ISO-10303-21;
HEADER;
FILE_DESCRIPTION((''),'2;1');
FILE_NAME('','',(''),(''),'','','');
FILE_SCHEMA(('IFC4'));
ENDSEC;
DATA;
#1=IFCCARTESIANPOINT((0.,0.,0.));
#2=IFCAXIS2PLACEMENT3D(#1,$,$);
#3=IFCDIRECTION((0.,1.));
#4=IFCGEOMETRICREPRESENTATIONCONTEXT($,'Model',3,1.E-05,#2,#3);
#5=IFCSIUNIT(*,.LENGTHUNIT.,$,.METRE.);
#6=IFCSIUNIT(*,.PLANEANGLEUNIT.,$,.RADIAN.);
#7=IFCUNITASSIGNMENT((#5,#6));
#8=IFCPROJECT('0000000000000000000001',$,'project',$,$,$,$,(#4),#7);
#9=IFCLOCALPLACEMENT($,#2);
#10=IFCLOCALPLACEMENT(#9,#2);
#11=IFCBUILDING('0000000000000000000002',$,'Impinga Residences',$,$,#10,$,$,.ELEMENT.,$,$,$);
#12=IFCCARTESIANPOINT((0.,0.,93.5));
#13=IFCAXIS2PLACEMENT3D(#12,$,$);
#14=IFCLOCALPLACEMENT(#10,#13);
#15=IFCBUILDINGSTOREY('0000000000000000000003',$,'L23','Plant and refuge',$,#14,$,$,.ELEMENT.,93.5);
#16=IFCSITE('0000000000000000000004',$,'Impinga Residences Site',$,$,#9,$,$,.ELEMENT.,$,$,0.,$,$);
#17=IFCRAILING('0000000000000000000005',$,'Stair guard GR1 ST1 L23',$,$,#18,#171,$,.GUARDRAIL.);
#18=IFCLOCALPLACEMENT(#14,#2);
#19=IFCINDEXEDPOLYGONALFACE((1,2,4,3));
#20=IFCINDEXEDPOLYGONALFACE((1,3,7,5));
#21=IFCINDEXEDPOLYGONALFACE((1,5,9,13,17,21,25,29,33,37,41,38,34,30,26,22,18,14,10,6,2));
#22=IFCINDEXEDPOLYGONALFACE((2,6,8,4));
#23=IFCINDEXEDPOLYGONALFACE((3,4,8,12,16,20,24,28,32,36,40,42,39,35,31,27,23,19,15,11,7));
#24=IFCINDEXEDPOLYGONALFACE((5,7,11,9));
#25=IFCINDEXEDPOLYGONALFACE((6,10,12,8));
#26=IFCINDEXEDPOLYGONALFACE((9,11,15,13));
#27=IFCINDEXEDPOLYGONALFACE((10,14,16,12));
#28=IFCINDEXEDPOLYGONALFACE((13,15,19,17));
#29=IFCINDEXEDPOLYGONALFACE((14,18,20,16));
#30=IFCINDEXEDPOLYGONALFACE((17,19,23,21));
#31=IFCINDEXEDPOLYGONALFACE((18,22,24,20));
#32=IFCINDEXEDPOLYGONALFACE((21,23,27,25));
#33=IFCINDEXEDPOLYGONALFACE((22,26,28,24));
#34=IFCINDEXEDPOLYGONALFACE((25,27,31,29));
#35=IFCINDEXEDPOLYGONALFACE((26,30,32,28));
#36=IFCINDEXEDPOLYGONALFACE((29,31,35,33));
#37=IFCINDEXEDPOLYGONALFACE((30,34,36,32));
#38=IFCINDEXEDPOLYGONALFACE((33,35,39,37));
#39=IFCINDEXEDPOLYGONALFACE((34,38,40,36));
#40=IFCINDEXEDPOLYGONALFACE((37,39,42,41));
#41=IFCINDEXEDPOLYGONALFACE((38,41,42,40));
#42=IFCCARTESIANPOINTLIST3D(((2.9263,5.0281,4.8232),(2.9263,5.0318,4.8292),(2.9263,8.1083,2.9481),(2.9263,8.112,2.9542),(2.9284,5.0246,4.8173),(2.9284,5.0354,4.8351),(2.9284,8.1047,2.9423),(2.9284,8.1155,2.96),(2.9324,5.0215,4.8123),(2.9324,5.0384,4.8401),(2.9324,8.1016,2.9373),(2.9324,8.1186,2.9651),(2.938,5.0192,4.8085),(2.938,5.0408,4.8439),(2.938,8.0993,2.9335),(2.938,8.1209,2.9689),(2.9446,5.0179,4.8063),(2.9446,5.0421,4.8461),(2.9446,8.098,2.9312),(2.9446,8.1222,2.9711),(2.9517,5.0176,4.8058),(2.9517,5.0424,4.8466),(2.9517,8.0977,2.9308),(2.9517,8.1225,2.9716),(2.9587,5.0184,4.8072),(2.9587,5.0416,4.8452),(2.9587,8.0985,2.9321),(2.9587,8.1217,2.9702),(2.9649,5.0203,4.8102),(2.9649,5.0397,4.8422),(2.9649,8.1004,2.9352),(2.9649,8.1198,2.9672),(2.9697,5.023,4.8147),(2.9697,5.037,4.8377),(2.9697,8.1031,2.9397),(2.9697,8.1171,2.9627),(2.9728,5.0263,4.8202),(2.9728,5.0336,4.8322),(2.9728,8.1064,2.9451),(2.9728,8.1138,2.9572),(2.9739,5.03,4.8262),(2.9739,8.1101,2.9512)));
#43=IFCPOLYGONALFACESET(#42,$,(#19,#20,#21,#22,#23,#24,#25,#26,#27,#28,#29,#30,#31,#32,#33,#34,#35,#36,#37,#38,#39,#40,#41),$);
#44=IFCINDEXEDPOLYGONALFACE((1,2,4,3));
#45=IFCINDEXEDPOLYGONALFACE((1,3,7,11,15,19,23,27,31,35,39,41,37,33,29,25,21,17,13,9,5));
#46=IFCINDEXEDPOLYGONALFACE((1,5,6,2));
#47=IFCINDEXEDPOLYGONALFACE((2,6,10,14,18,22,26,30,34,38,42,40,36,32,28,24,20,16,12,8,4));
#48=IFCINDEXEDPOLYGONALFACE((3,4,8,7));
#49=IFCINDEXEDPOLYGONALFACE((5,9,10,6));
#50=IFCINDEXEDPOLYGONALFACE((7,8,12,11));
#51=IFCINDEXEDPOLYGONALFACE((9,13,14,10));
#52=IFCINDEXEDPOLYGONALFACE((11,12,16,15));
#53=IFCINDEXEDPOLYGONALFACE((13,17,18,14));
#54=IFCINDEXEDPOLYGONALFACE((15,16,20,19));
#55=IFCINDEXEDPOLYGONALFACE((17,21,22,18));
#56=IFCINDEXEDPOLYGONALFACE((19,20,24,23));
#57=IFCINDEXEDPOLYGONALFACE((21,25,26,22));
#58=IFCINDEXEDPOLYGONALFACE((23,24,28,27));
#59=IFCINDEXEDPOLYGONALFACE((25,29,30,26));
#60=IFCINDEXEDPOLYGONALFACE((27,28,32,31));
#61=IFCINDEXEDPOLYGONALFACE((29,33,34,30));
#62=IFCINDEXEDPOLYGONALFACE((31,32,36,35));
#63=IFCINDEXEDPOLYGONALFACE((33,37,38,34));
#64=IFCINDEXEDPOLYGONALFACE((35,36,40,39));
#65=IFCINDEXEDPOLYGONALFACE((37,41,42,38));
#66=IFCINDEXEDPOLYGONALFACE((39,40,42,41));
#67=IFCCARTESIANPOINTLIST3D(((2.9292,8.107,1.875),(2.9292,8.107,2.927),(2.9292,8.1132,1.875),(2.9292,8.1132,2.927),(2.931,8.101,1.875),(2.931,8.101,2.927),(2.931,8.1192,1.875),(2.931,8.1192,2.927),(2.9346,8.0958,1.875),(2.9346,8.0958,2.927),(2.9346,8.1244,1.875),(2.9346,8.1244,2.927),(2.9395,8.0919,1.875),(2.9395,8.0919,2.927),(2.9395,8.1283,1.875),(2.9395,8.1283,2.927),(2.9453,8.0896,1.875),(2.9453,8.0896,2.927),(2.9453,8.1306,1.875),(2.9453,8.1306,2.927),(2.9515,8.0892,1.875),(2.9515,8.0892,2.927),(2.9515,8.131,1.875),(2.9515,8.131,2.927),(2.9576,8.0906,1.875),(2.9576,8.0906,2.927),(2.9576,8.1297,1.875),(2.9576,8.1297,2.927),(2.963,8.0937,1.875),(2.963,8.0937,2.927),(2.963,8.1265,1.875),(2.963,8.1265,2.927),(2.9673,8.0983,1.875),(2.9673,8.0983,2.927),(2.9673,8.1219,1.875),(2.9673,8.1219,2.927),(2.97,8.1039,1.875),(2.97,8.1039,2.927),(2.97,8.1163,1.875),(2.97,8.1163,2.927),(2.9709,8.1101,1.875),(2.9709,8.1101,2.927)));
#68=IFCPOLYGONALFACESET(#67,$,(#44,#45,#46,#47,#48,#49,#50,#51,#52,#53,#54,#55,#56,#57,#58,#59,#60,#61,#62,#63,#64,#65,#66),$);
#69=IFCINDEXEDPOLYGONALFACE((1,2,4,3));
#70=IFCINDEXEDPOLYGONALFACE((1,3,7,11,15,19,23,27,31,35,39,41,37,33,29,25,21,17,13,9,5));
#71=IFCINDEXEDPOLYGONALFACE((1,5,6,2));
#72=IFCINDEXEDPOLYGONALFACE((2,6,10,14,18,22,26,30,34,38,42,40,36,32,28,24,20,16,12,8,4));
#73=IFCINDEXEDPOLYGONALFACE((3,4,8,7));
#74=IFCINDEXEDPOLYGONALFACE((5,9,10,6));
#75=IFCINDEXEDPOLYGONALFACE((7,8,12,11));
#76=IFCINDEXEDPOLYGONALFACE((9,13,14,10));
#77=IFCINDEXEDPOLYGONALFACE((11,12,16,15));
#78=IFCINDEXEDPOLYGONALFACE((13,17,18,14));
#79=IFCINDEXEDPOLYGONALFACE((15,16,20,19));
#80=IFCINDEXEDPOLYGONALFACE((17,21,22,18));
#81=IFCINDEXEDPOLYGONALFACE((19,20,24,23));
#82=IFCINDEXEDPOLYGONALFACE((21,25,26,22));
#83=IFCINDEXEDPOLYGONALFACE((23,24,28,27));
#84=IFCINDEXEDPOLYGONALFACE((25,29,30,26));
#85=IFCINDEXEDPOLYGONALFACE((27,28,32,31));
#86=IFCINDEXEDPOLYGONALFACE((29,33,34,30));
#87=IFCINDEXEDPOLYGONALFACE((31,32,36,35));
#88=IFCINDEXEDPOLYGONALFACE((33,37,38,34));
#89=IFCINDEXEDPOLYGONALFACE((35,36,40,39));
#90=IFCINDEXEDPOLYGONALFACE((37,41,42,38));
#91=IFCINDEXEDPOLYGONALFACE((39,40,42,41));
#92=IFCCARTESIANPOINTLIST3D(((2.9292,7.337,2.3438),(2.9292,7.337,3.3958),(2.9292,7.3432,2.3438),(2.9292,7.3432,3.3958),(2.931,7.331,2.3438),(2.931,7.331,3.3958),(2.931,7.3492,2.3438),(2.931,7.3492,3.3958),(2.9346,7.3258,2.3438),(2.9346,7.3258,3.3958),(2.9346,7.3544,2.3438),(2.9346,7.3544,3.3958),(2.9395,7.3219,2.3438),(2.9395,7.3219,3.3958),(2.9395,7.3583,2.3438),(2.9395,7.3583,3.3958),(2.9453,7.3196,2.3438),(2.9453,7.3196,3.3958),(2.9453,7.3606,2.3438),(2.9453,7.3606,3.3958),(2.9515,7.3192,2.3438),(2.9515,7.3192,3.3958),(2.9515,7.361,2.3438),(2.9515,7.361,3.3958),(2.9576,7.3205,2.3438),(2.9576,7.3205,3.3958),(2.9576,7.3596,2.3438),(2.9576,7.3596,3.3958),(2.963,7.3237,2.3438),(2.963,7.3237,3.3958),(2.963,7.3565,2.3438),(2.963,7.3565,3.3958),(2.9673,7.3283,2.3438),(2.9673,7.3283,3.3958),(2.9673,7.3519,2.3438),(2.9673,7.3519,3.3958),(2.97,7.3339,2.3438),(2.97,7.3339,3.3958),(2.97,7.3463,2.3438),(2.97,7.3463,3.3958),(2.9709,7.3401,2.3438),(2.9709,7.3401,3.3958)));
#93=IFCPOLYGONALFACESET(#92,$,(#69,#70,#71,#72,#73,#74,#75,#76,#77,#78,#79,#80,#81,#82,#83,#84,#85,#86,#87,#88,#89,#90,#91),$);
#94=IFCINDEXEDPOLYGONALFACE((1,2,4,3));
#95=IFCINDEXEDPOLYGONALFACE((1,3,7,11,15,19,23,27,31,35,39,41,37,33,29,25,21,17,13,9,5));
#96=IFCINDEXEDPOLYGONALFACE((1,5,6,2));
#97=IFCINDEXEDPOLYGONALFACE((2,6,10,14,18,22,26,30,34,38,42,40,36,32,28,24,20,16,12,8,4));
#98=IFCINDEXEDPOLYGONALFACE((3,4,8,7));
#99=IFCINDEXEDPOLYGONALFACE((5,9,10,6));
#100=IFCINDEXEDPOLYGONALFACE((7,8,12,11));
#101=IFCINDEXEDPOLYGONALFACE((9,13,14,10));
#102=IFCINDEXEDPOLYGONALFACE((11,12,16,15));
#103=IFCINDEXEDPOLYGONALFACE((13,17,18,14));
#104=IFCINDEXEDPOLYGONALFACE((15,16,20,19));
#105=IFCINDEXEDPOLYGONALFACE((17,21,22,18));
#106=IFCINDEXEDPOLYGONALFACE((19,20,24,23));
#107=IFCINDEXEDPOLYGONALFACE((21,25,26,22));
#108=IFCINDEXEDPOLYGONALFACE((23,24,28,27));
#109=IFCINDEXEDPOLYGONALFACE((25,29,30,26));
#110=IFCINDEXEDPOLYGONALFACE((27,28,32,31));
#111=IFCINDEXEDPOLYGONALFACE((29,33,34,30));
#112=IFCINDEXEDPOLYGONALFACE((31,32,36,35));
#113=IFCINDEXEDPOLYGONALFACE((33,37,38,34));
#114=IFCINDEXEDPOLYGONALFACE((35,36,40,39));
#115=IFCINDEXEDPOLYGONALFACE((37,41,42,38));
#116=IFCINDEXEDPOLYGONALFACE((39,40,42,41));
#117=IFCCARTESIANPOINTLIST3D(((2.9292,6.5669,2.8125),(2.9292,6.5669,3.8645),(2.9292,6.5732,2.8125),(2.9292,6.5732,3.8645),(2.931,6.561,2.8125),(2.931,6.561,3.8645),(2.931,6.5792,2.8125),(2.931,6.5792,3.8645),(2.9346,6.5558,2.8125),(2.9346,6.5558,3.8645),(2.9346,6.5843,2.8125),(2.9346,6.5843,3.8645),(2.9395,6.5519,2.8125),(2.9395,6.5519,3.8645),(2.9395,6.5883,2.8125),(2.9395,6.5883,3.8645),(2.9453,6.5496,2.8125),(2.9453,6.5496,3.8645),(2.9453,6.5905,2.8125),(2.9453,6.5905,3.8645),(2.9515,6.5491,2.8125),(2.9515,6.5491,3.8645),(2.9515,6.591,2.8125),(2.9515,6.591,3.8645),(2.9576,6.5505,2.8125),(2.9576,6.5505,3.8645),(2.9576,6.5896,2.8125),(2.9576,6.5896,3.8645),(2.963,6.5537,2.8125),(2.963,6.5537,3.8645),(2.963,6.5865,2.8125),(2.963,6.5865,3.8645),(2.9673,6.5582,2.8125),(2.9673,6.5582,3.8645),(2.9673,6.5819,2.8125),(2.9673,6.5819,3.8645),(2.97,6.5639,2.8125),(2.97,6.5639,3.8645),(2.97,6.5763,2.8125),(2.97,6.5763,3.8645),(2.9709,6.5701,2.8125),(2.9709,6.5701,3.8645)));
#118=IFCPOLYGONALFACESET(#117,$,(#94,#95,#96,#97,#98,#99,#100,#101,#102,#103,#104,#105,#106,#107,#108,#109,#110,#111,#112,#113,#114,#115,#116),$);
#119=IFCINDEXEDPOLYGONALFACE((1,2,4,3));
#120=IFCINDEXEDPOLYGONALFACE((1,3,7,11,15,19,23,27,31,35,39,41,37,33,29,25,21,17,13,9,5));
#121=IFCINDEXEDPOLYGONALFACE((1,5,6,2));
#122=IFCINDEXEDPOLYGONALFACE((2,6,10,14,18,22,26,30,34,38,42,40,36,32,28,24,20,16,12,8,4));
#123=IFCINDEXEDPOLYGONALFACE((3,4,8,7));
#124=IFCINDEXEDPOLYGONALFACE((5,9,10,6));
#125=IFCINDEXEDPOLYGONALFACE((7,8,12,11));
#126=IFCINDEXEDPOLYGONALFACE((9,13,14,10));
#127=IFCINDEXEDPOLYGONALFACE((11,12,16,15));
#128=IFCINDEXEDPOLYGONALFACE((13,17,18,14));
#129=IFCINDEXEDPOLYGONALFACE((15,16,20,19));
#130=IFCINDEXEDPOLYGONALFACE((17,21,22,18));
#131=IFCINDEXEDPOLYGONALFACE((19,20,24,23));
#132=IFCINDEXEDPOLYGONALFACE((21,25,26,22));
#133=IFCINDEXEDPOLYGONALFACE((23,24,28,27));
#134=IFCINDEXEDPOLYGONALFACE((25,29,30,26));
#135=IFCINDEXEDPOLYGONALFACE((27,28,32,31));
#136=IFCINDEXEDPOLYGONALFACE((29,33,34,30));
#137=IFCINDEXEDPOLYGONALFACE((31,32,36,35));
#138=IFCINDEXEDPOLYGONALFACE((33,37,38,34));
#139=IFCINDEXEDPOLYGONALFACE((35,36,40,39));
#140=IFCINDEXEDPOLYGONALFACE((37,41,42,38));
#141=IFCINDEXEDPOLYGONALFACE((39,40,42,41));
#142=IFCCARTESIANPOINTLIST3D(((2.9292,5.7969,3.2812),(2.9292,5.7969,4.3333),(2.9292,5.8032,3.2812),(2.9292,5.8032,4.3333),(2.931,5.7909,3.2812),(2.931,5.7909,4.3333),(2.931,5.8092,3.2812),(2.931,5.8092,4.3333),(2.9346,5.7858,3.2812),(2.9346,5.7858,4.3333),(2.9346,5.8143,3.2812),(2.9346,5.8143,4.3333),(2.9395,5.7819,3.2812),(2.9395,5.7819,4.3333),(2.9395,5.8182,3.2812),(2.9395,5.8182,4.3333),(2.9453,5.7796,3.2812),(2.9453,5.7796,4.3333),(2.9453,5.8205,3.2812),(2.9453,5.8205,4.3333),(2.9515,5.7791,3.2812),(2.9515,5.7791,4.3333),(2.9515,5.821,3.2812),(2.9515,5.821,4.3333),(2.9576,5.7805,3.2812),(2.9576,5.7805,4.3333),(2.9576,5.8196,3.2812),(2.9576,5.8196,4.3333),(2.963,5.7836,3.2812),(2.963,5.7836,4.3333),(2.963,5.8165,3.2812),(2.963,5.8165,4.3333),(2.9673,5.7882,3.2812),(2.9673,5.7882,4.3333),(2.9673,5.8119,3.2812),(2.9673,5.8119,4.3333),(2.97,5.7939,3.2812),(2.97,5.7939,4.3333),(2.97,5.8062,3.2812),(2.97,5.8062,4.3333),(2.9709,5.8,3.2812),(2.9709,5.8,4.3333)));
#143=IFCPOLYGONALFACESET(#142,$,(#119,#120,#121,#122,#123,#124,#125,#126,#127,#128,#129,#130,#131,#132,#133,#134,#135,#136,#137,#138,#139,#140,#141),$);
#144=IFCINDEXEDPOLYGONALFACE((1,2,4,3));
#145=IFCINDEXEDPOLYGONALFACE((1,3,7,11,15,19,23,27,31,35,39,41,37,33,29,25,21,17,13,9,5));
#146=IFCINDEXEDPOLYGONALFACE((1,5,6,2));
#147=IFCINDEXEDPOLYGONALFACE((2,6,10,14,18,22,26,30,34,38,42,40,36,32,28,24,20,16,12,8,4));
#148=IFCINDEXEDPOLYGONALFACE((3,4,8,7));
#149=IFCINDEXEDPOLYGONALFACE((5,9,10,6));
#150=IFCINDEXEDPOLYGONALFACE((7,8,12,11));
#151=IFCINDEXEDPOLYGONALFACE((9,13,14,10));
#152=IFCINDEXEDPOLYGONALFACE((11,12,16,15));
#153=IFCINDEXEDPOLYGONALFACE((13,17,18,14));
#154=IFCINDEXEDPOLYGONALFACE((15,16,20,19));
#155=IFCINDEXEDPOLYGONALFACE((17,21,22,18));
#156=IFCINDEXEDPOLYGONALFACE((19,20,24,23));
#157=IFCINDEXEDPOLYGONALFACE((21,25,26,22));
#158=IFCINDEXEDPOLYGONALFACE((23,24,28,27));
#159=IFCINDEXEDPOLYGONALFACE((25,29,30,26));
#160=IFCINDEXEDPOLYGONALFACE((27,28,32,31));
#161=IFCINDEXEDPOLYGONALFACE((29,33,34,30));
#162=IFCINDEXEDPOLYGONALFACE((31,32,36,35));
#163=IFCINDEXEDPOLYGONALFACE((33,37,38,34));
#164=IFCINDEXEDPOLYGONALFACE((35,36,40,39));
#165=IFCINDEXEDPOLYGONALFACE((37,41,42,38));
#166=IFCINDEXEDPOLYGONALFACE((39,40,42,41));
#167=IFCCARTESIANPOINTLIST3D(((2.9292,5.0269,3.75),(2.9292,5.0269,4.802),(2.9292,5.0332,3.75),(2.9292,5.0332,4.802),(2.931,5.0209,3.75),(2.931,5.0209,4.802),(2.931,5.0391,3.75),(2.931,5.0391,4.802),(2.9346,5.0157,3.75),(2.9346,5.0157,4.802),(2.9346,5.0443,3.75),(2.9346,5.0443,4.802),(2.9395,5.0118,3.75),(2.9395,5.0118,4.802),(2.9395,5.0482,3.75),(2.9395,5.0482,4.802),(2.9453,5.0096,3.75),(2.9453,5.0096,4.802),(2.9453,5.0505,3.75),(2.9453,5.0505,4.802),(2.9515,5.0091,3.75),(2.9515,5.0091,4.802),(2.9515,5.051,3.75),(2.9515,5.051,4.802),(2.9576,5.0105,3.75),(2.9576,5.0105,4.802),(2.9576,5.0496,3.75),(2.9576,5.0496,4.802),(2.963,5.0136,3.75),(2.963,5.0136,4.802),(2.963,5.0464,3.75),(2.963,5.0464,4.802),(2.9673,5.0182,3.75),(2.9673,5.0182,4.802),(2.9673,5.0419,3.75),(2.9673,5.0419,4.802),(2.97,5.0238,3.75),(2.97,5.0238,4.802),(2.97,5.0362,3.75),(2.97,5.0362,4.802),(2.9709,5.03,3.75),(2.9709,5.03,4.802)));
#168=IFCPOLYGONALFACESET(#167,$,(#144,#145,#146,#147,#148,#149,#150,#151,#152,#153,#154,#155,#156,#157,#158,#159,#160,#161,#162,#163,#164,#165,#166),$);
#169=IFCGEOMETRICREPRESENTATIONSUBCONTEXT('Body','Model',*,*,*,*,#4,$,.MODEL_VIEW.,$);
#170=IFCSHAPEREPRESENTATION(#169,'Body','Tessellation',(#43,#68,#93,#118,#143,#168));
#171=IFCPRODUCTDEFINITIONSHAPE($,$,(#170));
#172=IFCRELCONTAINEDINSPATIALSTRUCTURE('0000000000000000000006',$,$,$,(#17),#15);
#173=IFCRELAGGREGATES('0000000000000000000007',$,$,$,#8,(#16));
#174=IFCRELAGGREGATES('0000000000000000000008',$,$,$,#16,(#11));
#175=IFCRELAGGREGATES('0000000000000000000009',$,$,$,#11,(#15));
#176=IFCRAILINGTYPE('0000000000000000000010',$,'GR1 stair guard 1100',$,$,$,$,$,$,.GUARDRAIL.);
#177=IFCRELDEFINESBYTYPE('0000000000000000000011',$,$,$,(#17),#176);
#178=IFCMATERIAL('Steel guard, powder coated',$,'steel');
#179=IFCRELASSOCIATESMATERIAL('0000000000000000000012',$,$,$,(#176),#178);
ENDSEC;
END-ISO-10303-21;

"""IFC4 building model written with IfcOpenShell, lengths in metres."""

from ifc_helpers import new_model, si_unit, direction, frame, origin, origin_2d, place, context, subcontext, project, spatial, circle, extrude, material, type_object, element, save


model = new_model("IFC4")

# Units and contexts
model_context = context("Model", 3, precision=1e-05, world=origin(), true_north=direction((0.0, 1.0)))
body_context = subcontext(model_context, "Body", "Model", "MODEL_VIEW")
ifc_project = project(units=[si_unit("LENGTHUNIT", "METRE"), si_unit("PLANEANGLEUNIT", "RADIAN")], contexts=[model_context])

# Site, building, storey
site_placement = place(None, origin())
site = spatial("IfcSite", under=ifc_project, at=site_placement, Name="Impinga Residences Site", CompositionType="ELEMENT", RefElevation=0.0)
building_placement = place(site_placement, origin())
building = spatial("IfcBuilding", under=site, at=building_placement, Name="Impinga Residences", CompositionType="ELEMENT")
storey_placement = place(building_placement, frame((0.0, 0.0, 93.5)))
storey = spatial("IfcBuildingStorey", under=building, at=storey_placement, Name="L23", Description="Plant and refuge", CompositionType="ELEMENT", Elevation=93.5)

# Railing
ifc_material_1 = material(Name="Steel guard, powder coated", Category="steel")
railing_type_1 = type_object("IfcRailingType", Name="GR1 stair guard 1100", PredefinedType="GUARDRAIL", material=ifc_material_1)
for number, where, name in (
    (1, (2.95, 8.1101, 1.875), "Stair guard GR1 ST1 L23"),
):
    element("IfcRailing", number, at=place(storey_placement, frame(where)), inside=storey, type_object=railing_type_1, Name=name, PredefinedType="GUARDRAIL", context=body_context, shape_type="SweptSolid", body=[
        extrude(circle(Radius=0.0239, at=origin_2d()), frame((0.0, 0.0, 1.0762), z_axis=(0.0, -0.854178, 0.519981), x_axis=(1.0, 0.0, 0.0)), (0.0, 0.0, 1.0), 3.606),
        extrude(circle(Radius=0.021, at=origin_2d()), origin(), (0.0, 0.0, 1.0), 1.052),
        extrude(circle(Radius=0.021, at=origin_2d()), frame((0.0, -0.77, 0.4688)), (0.0, 0.0, 1.0), 1.052),
        extrude(circle(Radius=0.021, at=origin_2d()), frame((0.0, -1.54, 0.9375)), (0.0, 0.0, 1.0), 1.052),
        extrude(circle(Radius=0.021, at=origin_2d()), frame((0.0, -2.3101, 1.4062)), (0.0, 0.0, 1.0), 1.052),
        extrude(circle(Radius=0.021, at=origin_2d()), frame((0.0, -3.0801, 1.875)), (0.0, 0.0, 1.0), 1.052),
    ])

save(model, "model.ifc")
